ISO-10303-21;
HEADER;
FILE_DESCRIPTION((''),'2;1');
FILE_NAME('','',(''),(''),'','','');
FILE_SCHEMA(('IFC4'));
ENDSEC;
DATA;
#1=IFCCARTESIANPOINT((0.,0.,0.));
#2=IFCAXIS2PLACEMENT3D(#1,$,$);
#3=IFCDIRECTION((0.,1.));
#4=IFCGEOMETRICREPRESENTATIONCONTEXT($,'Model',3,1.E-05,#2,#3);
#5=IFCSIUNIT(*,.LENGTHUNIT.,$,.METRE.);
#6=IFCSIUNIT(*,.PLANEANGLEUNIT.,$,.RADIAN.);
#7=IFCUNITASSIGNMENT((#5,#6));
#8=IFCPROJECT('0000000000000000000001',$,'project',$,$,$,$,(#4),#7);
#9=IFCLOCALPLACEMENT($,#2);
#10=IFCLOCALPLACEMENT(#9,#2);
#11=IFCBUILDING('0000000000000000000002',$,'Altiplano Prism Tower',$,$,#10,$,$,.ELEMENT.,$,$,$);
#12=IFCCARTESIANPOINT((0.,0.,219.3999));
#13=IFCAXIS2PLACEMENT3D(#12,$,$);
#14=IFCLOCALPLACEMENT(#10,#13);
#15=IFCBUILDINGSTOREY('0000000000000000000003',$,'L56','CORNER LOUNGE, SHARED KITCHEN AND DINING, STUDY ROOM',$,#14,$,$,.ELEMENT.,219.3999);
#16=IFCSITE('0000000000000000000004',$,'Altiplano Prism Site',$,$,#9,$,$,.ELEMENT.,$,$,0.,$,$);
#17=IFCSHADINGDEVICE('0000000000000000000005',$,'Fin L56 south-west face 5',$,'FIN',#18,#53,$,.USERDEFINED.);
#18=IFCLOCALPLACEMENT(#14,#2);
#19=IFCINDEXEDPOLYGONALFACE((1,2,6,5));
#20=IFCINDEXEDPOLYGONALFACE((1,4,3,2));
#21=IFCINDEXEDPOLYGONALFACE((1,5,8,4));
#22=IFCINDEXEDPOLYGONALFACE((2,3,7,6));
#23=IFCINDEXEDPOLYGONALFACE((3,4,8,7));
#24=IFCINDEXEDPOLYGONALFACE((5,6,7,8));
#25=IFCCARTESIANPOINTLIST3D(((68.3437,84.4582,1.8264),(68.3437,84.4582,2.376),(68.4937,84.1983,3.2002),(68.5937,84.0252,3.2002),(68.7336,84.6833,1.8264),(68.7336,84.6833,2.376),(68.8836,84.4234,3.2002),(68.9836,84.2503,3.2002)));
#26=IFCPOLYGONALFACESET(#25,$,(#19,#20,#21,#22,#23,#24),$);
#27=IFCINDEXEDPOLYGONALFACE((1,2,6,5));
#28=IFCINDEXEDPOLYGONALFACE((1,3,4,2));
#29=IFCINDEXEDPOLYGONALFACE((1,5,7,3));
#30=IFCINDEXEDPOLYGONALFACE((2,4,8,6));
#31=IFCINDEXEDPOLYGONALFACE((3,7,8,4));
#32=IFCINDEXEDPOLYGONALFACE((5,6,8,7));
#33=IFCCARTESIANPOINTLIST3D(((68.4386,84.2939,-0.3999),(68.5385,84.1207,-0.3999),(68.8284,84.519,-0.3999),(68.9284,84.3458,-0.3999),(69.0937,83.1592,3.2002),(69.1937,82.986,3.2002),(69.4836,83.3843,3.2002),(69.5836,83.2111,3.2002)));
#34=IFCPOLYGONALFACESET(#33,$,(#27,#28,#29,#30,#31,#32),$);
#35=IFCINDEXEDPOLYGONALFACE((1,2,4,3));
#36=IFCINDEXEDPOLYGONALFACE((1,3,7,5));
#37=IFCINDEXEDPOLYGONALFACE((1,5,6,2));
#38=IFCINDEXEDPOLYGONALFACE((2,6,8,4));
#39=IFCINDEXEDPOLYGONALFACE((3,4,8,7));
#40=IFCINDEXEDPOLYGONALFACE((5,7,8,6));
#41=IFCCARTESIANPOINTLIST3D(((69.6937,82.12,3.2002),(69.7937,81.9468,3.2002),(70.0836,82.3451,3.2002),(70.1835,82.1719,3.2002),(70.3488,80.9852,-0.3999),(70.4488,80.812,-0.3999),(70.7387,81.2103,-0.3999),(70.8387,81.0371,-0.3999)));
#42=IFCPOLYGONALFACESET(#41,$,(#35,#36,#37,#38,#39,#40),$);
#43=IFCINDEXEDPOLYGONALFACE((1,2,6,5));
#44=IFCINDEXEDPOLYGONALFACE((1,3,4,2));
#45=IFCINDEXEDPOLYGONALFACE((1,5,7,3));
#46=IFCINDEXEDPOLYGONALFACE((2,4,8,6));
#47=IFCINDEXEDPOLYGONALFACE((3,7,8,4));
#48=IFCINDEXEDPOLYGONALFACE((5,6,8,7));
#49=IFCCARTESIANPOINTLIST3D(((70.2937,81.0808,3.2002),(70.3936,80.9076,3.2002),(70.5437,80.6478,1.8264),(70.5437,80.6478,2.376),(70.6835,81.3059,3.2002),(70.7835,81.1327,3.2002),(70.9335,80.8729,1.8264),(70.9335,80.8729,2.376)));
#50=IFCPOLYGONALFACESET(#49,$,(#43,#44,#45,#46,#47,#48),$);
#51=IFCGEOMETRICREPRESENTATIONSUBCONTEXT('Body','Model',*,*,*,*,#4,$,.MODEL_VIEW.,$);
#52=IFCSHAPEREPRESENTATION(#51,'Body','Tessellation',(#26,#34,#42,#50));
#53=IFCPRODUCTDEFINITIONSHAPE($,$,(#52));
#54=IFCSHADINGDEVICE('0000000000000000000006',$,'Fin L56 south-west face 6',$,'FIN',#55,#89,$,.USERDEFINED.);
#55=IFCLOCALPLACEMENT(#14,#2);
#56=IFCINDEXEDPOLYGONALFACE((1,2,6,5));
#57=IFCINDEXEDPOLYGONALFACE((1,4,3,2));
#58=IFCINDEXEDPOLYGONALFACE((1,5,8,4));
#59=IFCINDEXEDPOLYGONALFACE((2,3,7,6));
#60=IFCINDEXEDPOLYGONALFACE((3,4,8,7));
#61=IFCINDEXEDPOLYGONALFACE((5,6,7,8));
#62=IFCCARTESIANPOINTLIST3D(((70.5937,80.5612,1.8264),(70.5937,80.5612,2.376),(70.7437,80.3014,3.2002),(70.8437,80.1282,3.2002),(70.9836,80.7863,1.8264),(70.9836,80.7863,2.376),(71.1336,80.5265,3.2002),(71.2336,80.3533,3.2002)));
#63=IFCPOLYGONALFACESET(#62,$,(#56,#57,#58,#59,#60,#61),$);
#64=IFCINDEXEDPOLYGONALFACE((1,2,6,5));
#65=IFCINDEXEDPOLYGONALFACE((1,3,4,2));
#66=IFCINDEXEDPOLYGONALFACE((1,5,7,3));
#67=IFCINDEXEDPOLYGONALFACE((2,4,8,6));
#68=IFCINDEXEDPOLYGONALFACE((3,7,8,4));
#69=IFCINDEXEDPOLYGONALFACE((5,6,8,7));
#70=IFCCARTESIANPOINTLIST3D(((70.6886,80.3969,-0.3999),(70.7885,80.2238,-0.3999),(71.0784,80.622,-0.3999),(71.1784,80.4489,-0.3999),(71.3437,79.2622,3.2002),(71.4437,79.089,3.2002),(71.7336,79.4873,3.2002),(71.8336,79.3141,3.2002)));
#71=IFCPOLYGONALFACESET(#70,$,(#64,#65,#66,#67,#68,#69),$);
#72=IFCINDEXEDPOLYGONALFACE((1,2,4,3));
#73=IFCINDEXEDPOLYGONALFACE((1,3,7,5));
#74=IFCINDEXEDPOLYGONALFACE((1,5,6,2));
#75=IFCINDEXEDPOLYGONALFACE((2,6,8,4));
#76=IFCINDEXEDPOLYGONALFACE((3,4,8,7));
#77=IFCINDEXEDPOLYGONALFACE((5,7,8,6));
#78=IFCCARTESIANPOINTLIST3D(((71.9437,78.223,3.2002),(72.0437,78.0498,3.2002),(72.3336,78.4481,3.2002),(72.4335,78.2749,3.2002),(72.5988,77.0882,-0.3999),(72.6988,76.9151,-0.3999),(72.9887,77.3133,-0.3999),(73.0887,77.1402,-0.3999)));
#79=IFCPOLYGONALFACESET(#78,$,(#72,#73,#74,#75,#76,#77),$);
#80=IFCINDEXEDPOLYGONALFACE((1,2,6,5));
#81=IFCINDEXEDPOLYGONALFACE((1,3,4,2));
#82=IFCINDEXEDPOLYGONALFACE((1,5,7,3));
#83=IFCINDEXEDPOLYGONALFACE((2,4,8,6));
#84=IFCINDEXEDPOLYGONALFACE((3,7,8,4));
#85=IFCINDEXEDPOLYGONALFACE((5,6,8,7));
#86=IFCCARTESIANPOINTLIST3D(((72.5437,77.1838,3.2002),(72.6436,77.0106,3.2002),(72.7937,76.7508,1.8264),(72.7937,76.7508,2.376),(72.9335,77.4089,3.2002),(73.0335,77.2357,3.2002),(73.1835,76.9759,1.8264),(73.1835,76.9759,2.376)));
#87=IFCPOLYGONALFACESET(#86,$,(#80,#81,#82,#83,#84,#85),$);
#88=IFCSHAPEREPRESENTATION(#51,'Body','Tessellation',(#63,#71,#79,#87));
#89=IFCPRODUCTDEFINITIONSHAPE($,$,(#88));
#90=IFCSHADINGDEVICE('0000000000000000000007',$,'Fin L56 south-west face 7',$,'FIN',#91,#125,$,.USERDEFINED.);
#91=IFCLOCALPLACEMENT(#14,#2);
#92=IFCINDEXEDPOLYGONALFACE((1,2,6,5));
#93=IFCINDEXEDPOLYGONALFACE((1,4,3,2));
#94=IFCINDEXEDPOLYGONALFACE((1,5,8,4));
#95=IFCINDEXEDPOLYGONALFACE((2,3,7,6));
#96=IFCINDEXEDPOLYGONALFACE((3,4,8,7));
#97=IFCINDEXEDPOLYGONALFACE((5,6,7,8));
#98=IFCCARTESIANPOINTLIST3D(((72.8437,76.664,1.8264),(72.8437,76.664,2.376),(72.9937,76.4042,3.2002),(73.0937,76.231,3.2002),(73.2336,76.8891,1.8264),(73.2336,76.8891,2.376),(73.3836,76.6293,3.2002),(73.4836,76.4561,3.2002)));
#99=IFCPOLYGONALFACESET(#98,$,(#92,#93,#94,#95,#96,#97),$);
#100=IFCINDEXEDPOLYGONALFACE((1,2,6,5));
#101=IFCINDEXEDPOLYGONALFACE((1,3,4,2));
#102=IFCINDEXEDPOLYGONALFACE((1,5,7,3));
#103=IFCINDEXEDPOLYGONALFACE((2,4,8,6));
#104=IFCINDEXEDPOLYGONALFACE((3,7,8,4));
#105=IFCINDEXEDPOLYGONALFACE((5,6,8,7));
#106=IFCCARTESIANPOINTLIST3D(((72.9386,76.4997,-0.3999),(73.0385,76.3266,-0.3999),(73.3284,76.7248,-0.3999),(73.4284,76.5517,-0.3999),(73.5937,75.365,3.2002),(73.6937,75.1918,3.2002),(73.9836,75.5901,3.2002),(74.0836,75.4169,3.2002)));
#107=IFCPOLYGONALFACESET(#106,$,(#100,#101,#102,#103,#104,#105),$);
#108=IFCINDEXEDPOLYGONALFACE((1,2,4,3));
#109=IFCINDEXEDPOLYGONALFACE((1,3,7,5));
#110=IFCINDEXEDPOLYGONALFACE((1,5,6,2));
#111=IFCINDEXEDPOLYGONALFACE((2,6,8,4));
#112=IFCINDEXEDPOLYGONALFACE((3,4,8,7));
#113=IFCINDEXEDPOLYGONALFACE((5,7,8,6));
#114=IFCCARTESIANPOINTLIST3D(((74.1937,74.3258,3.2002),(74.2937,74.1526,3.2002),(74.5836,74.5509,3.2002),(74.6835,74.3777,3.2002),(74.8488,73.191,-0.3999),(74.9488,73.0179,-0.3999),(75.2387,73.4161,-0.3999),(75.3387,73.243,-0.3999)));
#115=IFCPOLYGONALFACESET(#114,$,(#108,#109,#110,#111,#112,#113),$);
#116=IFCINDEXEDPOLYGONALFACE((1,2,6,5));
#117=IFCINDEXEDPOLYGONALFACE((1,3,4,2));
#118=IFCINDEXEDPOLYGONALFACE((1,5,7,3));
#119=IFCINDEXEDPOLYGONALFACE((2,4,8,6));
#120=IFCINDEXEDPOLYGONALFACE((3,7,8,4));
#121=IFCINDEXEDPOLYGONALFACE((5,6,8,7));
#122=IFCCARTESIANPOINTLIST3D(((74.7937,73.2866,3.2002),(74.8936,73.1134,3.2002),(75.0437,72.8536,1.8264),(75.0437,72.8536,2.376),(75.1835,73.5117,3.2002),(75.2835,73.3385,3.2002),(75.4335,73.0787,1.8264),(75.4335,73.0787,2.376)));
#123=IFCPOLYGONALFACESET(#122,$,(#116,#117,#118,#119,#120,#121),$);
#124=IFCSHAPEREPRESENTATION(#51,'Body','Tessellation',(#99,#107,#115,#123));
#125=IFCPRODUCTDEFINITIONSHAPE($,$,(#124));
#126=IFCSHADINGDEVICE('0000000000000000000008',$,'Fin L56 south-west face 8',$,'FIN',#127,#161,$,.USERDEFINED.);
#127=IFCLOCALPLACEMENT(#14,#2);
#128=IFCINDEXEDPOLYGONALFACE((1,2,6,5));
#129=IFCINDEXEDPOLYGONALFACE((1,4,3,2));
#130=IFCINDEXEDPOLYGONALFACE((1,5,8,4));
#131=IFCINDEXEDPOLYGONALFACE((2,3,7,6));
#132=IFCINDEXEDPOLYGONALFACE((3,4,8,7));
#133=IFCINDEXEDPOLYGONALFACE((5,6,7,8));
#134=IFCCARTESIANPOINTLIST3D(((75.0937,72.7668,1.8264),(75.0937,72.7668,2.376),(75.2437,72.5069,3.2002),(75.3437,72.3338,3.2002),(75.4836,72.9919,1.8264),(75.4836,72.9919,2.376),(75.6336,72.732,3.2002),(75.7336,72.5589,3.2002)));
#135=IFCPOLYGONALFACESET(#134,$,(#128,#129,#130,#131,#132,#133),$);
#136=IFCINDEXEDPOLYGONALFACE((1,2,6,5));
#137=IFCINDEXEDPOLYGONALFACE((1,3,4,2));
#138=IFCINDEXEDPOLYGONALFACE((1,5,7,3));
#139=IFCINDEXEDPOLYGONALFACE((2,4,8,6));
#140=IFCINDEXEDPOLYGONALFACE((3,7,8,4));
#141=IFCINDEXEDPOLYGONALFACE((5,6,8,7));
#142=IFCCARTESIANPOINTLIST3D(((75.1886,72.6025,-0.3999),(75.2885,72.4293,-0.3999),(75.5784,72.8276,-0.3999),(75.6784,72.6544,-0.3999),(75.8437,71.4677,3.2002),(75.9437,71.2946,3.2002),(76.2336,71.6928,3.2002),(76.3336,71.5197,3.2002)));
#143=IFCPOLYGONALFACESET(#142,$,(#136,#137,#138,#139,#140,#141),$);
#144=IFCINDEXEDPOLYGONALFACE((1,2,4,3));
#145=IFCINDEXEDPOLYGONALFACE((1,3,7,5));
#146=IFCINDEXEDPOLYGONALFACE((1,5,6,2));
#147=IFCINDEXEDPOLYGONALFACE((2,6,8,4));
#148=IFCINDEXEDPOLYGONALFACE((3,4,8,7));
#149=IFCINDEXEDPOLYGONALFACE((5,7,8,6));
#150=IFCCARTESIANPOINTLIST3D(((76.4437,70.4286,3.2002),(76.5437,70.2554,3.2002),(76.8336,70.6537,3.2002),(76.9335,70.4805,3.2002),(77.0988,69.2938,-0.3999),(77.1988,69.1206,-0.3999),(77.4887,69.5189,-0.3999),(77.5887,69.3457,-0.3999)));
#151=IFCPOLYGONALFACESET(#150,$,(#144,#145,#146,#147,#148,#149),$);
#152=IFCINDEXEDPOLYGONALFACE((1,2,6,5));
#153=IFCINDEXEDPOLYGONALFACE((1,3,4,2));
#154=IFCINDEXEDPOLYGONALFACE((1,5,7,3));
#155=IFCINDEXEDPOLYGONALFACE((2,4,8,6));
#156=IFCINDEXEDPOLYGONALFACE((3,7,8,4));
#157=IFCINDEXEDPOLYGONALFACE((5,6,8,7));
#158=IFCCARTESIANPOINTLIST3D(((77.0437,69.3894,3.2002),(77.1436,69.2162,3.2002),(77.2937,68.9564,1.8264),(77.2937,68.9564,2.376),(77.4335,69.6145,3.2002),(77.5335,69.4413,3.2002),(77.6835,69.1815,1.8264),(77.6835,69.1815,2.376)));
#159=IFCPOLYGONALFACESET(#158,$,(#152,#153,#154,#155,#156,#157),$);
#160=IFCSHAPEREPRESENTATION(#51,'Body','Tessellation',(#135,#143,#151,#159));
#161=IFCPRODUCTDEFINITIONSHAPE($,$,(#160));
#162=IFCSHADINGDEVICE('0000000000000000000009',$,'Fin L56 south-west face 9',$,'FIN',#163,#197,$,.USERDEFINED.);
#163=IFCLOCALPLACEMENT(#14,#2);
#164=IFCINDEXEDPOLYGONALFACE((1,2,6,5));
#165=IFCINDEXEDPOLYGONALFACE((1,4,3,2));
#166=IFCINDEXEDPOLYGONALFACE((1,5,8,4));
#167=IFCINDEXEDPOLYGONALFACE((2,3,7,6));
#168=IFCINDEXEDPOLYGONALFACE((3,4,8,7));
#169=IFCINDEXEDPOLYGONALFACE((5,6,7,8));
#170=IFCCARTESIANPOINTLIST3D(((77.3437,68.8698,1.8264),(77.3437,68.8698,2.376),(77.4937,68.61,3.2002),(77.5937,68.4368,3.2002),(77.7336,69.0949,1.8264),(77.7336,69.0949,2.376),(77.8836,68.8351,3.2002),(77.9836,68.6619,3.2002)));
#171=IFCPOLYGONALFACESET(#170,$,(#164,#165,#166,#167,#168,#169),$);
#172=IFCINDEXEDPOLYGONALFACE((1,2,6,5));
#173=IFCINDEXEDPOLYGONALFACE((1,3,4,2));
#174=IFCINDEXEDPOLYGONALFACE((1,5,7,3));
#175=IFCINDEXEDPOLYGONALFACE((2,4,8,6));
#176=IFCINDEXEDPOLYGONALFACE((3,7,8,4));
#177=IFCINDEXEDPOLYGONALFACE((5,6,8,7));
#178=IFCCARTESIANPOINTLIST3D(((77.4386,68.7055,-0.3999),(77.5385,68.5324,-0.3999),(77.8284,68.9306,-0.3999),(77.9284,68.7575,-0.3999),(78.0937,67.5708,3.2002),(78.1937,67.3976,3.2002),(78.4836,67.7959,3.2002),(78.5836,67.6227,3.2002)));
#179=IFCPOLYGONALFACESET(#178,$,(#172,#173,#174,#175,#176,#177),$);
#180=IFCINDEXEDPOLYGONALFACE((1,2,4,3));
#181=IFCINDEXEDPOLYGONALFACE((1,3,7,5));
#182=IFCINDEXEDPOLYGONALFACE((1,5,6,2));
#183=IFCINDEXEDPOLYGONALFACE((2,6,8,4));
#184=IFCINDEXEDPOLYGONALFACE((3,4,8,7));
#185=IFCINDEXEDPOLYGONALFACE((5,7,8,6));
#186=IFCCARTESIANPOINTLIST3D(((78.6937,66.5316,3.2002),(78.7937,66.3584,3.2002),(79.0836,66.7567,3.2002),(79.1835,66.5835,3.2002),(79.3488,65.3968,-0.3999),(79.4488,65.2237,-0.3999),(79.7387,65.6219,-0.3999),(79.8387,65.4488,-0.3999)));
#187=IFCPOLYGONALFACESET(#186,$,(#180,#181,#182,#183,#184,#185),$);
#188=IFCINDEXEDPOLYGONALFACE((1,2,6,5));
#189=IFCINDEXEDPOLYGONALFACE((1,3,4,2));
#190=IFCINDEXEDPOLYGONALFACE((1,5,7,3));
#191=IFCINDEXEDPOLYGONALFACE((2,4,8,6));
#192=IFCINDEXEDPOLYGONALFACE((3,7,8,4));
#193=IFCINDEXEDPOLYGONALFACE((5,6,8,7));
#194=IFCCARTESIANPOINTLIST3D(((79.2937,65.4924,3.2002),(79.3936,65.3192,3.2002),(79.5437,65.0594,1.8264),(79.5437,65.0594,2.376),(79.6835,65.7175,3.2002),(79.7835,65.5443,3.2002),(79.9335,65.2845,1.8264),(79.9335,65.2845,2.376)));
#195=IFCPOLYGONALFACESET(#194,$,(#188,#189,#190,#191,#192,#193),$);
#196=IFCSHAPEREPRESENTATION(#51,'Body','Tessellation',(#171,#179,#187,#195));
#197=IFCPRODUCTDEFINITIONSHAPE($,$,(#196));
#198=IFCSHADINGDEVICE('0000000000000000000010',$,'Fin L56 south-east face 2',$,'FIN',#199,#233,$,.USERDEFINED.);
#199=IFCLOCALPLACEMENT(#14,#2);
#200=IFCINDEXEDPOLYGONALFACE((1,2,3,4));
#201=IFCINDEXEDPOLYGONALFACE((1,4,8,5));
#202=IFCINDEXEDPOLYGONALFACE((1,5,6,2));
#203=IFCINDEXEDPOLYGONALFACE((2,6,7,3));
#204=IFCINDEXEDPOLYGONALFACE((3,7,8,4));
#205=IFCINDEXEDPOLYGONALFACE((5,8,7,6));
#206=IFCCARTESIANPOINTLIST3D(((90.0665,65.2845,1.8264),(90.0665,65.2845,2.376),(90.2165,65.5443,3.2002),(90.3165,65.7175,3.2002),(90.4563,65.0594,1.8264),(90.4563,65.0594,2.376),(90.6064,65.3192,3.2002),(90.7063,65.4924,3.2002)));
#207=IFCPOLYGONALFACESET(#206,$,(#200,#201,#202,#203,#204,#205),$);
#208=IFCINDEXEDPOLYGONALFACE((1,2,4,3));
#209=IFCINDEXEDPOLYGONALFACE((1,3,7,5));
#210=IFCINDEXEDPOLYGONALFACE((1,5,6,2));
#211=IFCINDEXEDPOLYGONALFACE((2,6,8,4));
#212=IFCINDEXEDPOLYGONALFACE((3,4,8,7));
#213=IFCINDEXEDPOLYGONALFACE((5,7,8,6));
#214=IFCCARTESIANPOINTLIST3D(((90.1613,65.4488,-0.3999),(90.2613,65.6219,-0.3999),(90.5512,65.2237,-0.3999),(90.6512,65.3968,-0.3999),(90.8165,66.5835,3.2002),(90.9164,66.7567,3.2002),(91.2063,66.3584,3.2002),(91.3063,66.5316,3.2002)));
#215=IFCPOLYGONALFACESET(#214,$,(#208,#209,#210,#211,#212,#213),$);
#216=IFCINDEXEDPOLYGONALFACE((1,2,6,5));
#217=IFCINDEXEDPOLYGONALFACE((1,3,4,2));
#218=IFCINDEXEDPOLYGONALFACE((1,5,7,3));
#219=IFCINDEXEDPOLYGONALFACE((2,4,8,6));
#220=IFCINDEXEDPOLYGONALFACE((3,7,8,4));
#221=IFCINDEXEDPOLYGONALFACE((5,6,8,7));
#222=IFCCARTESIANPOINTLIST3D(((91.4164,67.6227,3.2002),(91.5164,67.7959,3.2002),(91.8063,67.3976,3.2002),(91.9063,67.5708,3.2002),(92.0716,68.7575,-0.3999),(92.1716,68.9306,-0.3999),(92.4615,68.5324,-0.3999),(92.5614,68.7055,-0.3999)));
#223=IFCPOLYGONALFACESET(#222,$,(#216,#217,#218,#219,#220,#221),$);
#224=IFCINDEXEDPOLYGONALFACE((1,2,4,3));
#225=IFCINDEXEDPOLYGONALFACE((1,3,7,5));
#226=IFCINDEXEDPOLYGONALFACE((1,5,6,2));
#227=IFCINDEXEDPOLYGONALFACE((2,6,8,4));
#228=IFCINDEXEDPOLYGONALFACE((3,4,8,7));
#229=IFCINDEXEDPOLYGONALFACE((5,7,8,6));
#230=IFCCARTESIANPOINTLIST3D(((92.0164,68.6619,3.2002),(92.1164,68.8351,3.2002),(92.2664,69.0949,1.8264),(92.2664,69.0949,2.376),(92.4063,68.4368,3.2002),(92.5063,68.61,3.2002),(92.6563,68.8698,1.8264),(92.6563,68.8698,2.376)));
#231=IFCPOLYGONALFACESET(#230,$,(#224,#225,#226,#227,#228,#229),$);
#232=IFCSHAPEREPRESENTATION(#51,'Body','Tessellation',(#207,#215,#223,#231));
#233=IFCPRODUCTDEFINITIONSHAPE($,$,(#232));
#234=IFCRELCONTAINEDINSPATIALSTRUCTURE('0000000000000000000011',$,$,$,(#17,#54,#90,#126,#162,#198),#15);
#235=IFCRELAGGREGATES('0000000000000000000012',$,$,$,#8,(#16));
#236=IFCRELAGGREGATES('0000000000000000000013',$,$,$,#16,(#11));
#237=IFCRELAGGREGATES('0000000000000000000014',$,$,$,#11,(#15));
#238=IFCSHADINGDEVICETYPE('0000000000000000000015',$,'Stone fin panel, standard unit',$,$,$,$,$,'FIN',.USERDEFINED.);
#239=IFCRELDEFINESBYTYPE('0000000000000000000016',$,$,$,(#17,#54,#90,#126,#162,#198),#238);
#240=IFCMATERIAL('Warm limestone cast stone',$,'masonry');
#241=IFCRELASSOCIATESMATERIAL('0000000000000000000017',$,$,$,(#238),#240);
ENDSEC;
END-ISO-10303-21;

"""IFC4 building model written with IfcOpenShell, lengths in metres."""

from ifc_helpers import new_model, si_unit, direction, frame, origin, place, context, subcontext, project, spatial, polyline, outline, extrude, source, transform, mapped, material, type_object, element, save


model = new_model("IFC4")

# Units and contexts
model_context = context("Model", 3, precision=1e-05, world=origin(), true_north=direction((0.0, 1.0)))
body_context = subcontext(model_context, "Body", "Model", "MODEL_VIEW")
ifc_project = project(units=[si_unit("LENGTHUNIT", "METRE"), si_unit("PLANEANGLEUNIT", "RADIAN")], contexts=[model_context])

# Site, building, storey
site_placement = place(None, origin())
site = spatial("IfcSite", under=ifc_project, at=site_placement, Name="Altiplano Prism Site", CompositionType="ELEMENT", RefElevation=0.0)
building_placement = place(site_placement, origin())
building = spatial("IfcBuilding", under=site, at=building_placement, Name="Altiplano Prism Tower", CompositionType="ELEMENT")
storey_placement = place(building_placement, frame((0.0, 0.0, 219.3999)))
storey = spatial("IfcBuildingStorey", under=building, at=storey_placement, Name="L56", Description="CORNER LOUNGE, SHARED KITCHEN AND DINING, STUDY ROOM", CompositionType="ELEMENT", Elevation=219.3999)

# Shading devices
ifc_material_1 = material(Name="Warm limestone cast stone", Category="masonry")
shading_device_type_1 = type_object("IfcShadingDeviceType", Name="Stone fin panel, standard unit", ElementType="FIN", PredefinedType="USERDEFINED", material=ifc_material_1)
shared_shape_1 = source(origin(), body_context, "Body", "SweptSolid", [
    extrude(outline(polyline([(-2.2, 2.2263), (-1.7, 3.6001), (-1.8999, 3.6001), (-2.2, 2.7759), (-2.2, 2.2263)])), frame((0.0, -0.1499, 0.0), z_axis=(0.0, -1.0, 0.0), x_axis=(1.0, 0.0, 0.0)), (0.0, 0.0, 1.0), 0.4502),
    extrude(outline(polyline([(-2.0103, 0.0), (-1.8103, 0.0), (-0.5, 3.6001), (-0.7, 3.6001), (-2.0103, 0.0)])), frame((0.0, -0.1499, 0.0), z_axis=(0.0, -1.0, 0.0), x_axis=(1.0, 0.0, 0.0)), (0.0, 0.0, 1.0), 0.4502),
    extrude(outline(polyline([(1.8103, 0.0), (2.0103, 0.0), (0.7, 3.6001), (0.5, 3.6001), (1.8103, 0.0)])), frame((0.0, -0.1499, 0.0), z_axis=(0.0, -1.0, 0.0), x_axis=(1.0, 0.0, 0.0)), (0.0, 0.0, 1.0), 0.4502),
    extrude(outline(polyline([(2.2, 2.7759), (1.8999, 3.6001), (1.7, 3.6001), (2.2, 2.2263), (2.2, 2.7759)])), frame((0.0, -0.1499, 0.0), z_axis=(0.0, -1.0, 0.0), x_axis=(1.0, 0.0, 0.0)), (0.0, 0.0, 1.0), 0.4502),
])
shading_device_1_placement = place(storey_placement, origin())
element("IfcShadingDevice", 1, at=shading_device_1_placement, inside=storey, type_object=shading_device_type_1, Name="Fin L56 south-west face 5", ObjectType="FIN", PredefinedType="USERDEFINED", context=body_context, shape_type="MappedRepresentation", body=[
    mapped(shared_shape_1, transform((69.9634, 82.853, -0.3999), x_axis=(0.5, -0.866025, 0.0), y_axis=(0.866025, 0.5, 0.0), z_axis=(0.0, 0.0, 1.0))),
])
shading_device_2_placement = place(storey_placement, origin())
element("IfcShadingDevice", 2, at=shading_device_2_placement, inside=storey, type_object=shading_device_type_1, Name="Fin L56 south-west face 6", ObjectType="FIN", PredefinedType="USERDEFINED", context=body_context, shape_type="MappedRepresentation", body=[
    mapped(shared_shape_1, transform((72.2134, 78.9561, -0.3999), x_axis=(0.5, -0.866025, 0.0), y_axis=(0.866025, 0.5, 0.0), z_axis=(0.0, 0.0, 1.0))),
])
shading_device_3_placement = place(storey_placement, origin())
element("IfcShadingDevice", 3, at=shading_device_3_placement, inside=storey, type_object=shading_device_type_1, Name="Fin L56 south-west face 7", ObjectType="FIN", PredefinedType="USERDEFINED", context=body_context, shape_type="MappedRepresentation", body=[
    mapped(shared_shape_1, transform((74.4634, 75.0588, -0.3999), x_axis=(0.5, -0.866025, 0.0), y_axis=(0.866025, 0.5, 0.0), z_axis=(0.0, 0.0, 1.0))),
])
shading_device_4_placement = place(storey_placement, origin())
element("IfcShadingDevice", 4, at=shading_device_4_placement, inside=storey, type_object=shading_device_type_1, Name="Fin L56 south-west face 8", ObjectType="FIN", PredefinedType="USERDEFINED", context=body_context, shape_type="MappedRepresentation", body=[
    mapped(shared_shape_1, transform((76.7134, 71.1616, -0.3999), x_axis=(0.5, -0.866025, 0.0), y_axis=(0.866025, 0.5, 0.0), z_axis=(0.0, 0.0, 1.0))),
])
shading_device_5_placement = place(storey_placement, origin())
element("IfcShadingDevice", 5, at=shading_device_5_placement, inside=storey, type_object=shading_device_type_1, Name="Fin L56 south-west face 9", ObjectType="FIN", PredefinedType="USERDEFINED", context=body_context, shape_type="MappedRepresentation", body=[
    mapped(shared_shape_1, transform((78.9634, 67.2646, -0.3999), x_axis=(0.5, -0.866025, 0.0), y_axis=(0.866025, 0.5, 0.0), z_axis=(0.0, 0.0, 1.0))),
])
shading_device_6_placement = place(storey_placement, origin())
element("IfcShadingDevice", 6, at=shading_device_6_placement, inside=storey, type_object=shading_device_type_1, Name="Fin L56 south-east face 2", ObjectType="FIN", PredefinedType="USERDEFINED", context=body_context, shape_type="MappedRepresentation", body=[
    mapped(shared_shape_1, transform((91.0366, 67.2646, -0.3999), x_axis=(0.5, 0.866025, 0.0), y_axis=(-0.866025, 0.5, 0.0), z_axis=(0.0, 0.0, 1.0))),
])

save(model, "model.ifc")
